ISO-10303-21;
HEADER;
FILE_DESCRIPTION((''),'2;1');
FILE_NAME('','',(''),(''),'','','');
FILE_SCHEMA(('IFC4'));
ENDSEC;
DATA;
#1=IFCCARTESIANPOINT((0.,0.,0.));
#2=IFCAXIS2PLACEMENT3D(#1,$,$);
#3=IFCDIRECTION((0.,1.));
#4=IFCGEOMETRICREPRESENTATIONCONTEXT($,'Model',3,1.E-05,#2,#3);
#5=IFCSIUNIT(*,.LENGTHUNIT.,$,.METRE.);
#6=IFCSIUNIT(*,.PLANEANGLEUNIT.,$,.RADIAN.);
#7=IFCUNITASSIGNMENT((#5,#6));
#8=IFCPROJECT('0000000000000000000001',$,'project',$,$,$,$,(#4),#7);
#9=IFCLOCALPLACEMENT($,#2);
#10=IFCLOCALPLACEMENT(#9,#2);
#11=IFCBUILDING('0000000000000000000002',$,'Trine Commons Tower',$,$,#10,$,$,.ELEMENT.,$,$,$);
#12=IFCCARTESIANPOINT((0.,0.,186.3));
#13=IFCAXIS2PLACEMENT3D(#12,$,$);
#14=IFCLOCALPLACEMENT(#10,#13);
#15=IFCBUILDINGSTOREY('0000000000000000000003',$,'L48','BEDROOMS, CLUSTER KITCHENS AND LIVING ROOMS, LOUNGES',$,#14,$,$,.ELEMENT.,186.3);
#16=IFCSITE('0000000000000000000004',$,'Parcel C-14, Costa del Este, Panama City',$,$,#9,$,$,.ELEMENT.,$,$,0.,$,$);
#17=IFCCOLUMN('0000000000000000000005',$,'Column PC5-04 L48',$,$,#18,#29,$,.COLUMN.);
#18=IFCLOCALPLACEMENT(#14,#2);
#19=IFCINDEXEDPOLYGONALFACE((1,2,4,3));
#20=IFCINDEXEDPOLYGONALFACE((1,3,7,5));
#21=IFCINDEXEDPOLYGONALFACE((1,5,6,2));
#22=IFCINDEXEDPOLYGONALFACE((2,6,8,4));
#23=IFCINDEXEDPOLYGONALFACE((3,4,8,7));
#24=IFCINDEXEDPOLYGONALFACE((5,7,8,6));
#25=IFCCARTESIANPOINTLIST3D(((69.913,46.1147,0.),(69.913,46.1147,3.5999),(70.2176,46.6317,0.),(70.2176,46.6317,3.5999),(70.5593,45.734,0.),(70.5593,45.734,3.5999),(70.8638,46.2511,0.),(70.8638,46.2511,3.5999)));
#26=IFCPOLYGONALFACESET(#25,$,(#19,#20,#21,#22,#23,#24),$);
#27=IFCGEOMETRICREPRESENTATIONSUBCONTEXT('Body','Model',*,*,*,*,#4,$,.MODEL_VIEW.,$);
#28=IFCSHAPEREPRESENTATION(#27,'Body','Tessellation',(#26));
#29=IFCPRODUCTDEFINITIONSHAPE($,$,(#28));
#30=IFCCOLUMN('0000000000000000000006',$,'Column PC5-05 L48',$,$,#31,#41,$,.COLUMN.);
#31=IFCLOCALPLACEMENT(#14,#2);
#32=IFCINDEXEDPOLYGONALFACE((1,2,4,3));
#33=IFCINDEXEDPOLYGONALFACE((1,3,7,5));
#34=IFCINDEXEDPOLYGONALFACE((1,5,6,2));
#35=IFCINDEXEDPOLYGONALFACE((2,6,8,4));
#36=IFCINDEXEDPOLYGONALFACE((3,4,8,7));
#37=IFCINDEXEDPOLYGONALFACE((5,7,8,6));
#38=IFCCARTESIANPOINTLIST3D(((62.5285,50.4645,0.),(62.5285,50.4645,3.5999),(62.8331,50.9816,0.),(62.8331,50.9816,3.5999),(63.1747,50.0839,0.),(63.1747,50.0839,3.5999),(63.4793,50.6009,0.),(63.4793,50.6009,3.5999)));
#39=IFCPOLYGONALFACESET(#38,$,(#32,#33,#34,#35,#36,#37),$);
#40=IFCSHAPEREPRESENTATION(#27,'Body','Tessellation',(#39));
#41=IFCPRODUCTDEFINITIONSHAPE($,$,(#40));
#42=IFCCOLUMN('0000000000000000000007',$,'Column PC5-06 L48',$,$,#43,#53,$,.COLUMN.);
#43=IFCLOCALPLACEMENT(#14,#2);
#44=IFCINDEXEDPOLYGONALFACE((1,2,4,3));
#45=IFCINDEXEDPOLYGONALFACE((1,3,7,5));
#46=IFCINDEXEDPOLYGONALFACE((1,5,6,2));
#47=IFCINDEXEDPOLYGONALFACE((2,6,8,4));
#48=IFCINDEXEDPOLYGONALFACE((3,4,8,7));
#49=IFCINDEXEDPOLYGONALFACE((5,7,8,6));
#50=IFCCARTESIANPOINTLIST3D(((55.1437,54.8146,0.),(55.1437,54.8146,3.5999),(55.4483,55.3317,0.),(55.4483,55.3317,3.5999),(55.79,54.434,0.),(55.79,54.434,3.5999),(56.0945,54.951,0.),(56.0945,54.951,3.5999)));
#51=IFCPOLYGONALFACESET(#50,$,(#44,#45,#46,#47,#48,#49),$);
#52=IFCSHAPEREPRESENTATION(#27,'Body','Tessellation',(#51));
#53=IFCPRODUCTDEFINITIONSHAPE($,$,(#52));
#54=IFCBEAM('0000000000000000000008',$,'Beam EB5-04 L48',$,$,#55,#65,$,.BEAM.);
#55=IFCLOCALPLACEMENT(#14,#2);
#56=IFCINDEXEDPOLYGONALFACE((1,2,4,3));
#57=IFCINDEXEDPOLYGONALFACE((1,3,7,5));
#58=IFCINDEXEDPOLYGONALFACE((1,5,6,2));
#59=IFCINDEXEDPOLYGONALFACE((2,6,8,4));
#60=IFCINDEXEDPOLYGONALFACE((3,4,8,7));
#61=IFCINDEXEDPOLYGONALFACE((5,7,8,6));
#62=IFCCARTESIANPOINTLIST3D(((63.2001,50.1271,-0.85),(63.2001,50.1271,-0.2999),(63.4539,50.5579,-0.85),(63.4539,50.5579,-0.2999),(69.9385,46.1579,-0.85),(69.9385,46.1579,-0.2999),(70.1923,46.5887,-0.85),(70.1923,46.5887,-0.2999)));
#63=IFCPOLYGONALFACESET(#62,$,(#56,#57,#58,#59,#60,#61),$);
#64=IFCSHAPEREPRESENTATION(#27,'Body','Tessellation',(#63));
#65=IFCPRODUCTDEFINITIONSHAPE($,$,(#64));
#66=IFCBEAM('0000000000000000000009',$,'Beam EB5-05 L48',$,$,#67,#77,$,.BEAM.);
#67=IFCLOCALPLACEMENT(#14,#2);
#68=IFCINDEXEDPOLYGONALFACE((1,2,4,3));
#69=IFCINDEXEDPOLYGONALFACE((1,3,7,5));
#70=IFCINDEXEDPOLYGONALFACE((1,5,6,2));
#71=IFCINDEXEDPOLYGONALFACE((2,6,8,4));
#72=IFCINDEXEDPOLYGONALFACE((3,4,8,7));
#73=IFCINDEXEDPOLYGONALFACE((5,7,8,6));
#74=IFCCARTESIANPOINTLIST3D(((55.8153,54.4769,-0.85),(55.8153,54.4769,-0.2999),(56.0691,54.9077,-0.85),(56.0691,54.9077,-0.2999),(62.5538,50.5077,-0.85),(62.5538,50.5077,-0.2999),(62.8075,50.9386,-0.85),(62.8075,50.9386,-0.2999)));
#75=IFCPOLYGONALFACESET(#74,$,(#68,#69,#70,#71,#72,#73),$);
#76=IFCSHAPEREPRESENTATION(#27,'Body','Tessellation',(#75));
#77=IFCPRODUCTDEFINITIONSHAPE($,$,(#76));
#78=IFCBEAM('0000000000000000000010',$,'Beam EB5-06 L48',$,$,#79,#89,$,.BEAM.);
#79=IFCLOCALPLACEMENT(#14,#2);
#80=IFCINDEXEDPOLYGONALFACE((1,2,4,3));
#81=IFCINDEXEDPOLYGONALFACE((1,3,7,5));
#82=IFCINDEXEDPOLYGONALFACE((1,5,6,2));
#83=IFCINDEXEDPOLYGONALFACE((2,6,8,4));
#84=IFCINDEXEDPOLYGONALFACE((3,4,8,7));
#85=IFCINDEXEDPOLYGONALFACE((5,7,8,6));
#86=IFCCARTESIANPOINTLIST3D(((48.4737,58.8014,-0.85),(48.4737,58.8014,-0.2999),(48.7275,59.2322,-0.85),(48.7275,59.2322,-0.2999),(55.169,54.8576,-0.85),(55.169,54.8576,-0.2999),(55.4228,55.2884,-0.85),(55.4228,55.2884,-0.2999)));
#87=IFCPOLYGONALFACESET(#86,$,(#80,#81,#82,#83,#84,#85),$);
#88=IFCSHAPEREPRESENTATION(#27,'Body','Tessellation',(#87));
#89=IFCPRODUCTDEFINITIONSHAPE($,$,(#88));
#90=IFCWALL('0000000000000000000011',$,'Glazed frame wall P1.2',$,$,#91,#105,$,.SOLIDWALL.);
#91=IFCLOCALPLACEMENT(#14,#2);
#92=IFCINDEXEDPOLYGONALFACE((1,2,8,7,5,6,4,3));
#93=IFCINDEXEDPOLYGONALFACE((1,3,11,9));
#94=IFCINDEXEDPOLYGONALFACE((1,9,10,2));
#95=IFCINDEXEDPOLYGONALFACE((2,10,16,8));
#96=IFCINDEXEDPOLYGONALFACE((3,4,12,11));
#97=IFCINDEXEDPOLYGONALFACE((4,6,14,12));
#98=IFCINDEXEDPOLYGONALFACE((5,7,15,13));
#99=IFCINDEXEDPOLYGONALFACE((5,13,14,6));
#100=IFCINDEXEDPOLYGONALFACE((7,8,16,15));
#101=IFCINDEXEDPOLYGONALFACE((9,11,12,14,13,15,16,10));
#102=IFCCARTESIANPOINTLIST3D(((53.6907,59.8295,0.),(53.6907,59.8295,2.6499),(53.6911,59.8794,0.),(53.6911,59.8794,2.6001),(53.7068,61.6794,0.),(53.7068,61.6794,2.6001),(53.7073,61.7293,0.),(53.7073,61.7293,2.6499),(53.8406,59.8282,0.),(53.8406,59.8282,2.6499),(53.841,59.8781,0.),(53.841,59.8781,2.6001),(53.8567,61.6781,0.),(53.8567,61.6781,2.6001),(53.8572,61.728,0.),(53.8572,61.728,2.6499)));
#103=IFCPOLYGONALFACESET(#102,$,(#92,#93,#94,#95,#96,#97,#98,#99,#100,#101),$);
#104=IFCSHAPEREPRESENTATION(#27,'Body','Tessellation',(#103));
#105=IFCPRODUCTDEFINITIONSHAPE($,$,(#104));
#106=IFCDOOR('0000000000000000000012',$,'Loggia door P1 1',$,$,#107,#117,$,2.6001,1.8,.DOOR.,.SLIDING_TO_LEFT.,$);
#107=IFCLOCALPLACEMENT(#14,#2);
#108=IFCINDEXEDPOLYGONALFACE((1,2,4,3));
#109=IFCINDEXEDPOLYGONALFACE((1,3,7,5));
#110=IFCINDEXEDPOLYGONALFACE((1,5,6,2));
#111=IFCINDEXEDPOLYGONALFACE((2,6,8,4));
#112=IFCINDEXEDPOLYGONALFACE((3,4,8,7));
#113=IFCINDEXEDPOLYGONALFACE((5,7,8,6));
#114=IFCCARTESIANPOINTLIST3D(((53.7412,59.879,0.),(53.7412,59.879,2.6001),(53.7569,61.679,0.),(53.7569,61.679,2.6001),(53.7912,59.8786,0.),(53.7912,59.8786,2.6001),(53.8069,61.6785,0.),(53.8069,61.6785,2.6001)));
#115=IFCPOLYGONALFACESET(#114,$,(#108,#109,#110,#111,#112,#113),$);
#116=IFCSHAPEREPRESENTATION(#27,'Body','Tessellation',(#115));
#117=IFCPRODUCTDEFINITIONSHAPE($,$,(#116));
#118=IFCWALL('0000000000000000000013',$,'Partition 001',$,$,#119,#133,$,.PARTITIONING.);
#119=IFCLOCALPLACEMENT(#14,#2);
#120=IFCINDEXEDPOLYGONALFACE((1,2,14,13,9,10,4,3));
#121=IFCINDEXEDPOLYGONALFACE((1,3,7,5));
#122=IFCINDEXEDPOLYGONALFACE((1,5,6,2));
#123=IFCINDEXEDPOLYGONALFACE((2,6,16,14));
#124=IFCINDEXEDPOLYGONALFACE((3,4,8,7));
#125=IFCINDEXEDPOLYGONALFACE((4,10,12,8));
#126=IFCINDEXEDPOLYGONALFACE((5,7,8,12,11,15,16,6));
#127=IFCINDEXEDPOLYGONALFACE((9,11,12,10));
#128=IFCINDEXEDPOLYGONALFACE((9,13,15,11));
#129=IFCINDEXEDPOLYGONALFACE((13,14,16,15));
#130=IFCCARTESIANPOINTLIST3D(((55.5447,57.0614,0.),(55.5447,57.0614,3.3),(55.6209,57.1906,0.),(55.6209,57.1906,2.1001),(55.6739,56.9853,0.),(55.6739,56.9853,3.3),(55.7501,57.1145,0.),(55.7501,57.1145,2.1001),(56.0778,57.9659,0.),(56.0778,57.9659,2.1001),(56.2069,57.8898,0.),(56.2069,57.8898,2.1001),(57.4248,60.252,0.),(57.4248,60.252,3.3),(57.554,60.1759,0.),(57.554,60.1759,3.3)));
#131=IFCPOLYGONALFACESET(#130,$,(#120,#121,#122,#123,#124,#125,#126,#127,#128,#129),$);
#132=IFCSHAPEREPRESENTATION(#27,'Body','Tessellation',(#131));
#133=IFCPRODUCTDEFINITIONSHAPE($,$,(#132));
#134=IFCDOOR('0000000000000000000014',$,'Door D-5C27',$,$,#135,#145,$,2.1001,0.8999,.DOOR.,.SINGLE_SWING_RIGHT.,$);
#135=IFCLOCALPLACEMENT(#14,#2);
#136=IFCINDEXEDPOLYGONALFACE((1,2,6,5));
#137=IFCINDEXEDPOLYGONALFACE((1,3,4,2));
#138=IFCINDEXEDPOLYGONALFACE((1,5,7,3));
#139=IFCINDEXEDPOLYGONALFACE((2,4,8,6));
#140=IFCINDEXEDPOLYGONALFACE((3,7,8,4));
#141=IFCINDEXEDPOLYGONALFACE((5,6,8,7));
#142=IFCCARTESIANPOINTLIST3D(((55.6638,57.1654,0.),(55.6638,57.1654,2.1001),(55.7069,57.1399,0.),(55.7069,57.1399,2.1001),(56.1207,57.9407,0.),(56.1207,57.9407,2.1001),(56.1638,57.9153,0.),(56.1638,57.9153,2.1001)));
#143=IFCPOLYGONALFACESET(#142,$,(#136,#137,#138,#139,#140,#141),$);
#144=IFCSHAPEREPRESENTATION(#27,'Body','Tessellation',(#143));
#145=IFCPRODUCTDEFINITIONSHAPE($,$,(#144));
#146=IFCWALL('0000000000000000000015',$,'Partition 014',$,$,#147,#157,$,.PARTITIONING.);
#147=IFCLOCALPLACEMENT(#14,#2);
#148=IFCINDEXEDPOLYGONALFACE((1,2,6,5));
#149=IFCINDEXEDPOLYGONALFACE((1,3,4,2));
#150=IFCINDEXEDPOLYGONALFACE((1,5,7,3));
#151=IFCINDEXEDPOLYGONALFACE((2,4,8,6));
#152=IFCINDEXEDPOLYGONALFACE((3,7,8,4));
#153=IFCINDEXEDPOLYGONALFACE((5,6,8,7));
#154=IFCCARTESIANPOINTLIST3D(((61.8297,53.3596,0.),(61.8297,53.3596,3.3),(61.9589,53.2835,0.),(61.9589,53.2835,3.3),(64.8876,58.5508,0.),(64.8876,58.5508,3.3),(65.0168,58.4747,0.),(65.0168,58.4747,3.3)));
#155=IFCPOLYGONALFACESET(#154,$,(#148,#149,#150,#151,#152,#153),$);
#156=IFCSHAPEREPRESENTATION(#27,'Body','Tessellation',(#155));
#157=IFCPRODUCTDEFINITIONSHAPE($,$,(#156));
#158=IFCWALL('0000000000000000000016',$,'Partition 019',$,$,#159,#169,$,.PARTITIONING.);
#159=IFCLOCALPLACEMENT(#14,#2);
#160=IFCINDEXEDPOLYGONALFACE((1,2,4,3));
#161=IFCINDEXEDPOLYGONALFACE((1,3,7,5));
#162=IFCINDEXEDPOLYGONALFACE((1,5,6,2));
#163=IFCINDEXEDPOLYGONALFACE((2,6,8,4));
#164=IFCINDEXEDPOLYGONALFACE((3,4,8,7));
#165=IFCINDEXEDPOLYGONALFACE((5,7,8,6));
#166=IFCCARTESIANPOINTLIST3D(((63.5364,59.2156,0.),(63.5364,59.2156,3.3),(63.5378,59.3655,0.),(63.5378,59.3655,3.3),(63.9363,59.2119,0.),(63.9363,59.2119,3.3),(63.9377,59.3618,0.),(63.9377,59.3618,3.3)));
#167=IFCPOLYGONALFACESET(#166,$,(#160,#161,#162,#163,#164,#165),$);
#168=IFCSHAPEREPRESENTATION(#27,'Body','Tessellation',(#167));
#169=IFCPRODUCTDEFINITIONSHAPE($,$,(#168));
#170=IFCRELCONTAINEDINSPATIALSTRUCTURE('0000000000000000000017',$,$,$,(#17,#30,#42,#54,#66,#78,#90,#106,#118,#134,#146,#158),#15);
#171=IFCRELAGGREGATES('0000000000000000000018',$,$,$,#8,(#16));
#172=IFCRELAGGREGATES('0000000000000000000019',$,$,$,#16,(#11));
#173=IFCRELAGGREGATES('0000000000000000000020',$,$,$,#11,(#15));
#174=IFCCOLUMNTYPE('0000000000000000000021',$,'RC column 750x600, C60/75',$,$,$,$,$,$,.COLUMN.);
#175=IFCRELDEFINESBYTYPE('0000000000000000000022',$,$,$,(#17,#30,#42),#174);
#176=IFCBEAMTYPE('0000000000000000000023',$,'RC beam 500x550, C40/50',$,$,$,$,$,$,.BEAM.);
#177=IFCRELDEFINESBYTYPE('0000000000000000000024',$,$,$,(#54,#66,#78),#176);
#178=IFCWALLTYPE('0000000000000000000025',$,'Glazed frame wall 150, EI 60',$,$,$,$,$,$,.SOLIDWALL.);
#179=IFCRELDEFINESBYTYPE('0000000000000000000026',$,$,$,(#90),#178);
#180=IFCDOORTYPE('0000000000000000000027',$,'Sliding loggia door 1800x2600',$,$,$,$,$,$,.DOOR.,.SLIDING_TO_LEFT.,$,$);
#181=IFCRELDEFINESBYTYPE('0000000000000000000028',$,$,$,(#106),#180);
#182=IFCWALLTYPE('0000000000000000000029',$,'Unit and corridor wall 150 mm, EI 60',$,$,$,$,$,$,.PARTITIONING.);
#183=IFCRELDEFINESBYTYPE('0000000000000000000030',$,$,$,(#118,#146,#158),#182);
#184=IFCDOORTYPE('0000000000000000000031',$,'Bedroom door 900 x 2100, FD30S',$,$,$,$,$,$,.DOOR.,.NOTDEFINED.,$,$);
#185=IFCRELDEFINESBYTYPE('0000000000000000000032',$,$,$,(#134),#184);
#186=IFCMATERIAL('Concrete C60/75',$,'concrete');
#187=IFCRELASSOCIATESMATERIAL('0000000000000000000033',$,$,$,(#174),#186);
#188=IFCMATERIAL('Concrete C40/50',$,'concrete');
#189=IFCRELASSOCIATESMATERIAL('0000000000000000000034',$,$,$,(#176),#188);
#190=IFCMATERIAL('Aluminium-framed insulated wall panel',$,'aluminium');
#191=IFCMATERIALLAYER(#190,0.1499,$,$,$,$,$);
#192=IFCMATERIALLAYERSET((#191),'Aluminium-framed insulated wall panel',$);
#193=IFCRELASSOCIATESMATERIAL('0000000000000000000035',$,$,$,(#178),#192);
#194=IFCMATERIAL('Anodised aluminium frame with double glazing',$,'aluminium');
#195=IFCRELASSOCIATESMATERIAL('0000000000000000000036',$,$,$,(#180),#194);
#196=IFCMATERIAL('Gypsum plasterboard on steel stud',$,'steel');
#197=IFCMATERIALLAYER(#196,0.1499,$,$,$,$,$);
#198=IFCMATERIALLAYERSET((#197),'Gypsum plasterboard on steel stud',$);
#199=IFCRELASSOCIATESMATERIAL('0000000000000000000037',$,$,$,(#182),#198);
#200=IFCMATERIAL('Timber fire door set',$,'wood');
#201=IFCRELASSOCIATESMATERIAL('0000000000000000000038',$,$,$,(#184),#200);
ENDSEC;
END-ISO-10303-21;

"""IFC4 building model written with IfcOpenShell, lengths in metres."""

from ifc_helpers import new_model, si_unit, direction, frame, frame_2d, origin, origin_2d, place, context, subcontext, project, spatial, polyline, rectangle, outline, extrude, material, layer, layer_set, material_profile, profile_set, type_object, element, fill, save


model = new_model("IFC4")

# Units and contexts
model_context = context("Model", 3, precision=1e-05, world=origin(), true_north=direction((0.0, 1.0)))
body_context = subcontext(model_context, "Body", "Model", "MODEL_VIEW")
ifc_project = project(units=[si_unit("LENGTHUNIT", "METRE"), si_unit("PLANEANGLEUNIT", "RADIAN")], contexts=[model_context])

# Site, building, storey
site_placement = place(None, origin())
site = spatial("IfcSite", under=ifc_project, at=site_placement, Name="Parcel C-14, Costa del Este, Panama City", CompositionType="ELEMENT", RefElevation=0.0)
building_placement = place(site_placement, origin())
building = spatial("IfcBuilding", under=site, at=building_placement, Name="Trine Commons Tower", CompositionType="ELEMENT")
storey_placement = place(building_placement, frame((0.0, 0.0, 186.3)))
storey = spatial("IfcBuildingStorey", under=building, at=storey_placement, Name="L48", Description="BEDROOMS, CLUSTER KITCHENS AND LIVING ROOMS, LOUNGES", CompositionType="ELEMENT", Elevation=186.3)

# Columns
ifc_material_1 = material(Name="Concrete C60/75", Category="concrete")
ifc_material_profile_1 = material_profile(ifc_material_1, rectangle(XDim=0.75, YDim=0.6001, at=origin_2d()), Name="RC 750x600")
ifc_profile_set_1 = profile_set([ifc_material_profile_1], Name="Concrete C60/75")
column_type = type_object("IfcColumnType", Name="RC column 750x600, C60/75", PredefinedType="COLUMN", material=ifc_profile_set_1)
for number, where, z_axis, x_axis, name in (
    (1, (70.3884, 46.1829, 0.0), (0.0, 0.0, 1.0), (-0.861629, 0.507538, 0.0), "Column PC5-04 L48"),
    (2, (63.0039, 50.5327, 0.0), (0.0, 0.0, 1.0), (-0.861629, 0.507538, 0.0), "Column PC5-05 L48"),
    (3, (55.6191, 54.8828, 0.0), (0.0, 0.0, 1.0), (-0.861629, 0.507538, 0.0), "Column PC5-06 L48"),
):
    element("IfcColumn", number, at=place(storey_placement, frame(where, z_axis=z_axis, x_axis=x_axis)), inside=storey, type_object=column_type, Name=name, PredefinedType="COLUMN", context=body_context, shape_type="SweptSolid", body=[
        extrude(rectangle(XDim=0.75, YDim=0.6001, at=origin_2d()), origin(), (0.0, 0.0, 1.0), 3.5999),
    ])

# Beams
ifc_material_2 = material(Name="Concrete C40/50", Category="concrete")
ifc_material_profile_2 = material_profile(ifc_material_2, rectangle(XDim=0.5, YDim=0.55, at=origin_2d()), Name="RC 500x550")
ifc_profile_set_2 = profile_set([ifc_material_profile_2], Name="Concrete C40/50")
beam_type = type_object("IfcBeamType", Name="RC beam 500x550, C40/50", PredefinedType="BEAM", material=ifc_profile_set_2)
for number, where, z_axis, x_axis, name in (
    (4, (70.0654, 46.3733, -0.575), (-0.861632, 0.507533, 0.0), (-0.507533, -0.861632, 0.0), "Beam EB5-04 L48"),
    (5, (62.6807, 50.7231, -0.575), (-0.861632, 0.507533, 0.0), (-0.507533, -0.861632, 0.0), "Beam EB5-05 L48"),
):
    element("IfcBeam", number, at=place(storey_placement, frame(where, z_axis=z_axis, x_axis=x_axis)), inside=storey, type_object=beam_type, Name=name, PredefinedType="BEAM", context=body_context, shape_type="SweptSolid", body=[
        extrude(rectangle(XDim=0.5, YDim=0.55, at=origin_2d()), origin(), (0.0, 0.0, 1.0), 7.8206),
    ])
beam_placement = place(storey_placement, frame((55.2959, 55.073, -0.575), z_axis=(-0.861629, 0.507539, 0.0), x_axis=(-0.507539, -0.861629, 0.0)))
element("IfcBeam", 6, at=beam_placement, inside=storey, type_object=beam_type, Name="Beam EB5-06 L48", PredefinedType="BEAM", context=body_context, shape_type="SweptSolid", body=[
    extrude(rectangle(XDim=0.5, YDim=0.55, at=origin_2d()), origin(), (0.0, 0.0, 1.0), 7.7705),
])

# Shared definitions
ifc_material_3 = material(Name="Aluminium-framed insulated wall panel", Category="aluminium")
ifc_layer_1 = layer(ifc_material_3, 0.1499)
ifc_layer_set_1 = layer_set([ifc_layer_1], Name="Aluminium-framed insulated wall panel")
wall_type_1 = type_object("IfcWallType", Name="Glazed frame wall 150, EI 60", PredefinedType="SOLIDWALL", material=ifc_layer_set_1)

# Walls, openings, doors
wall_1_placement = place(storey_placement, frame((53.7656, 59.8289, 0.0), z_axis=(0.0, 0.0, 1.0), x_axis=(0.008738, 0.999962, 0.0)))
wall_1 = element("IfcWall", 7, at=wall_1_placement, inside=storey, type_object=wall_type_1, Name="Glazed frame wall P1.2", PredefinedType="SOLIDWALL", context=body_context, shape_type="SweptSolid", body=[
    extrude(outline(polyline([(0.0, -0.075), (1.8999, -0.075), (1.8999, 0.075), (0.0, 0.075), (0.0, -0.075)])), origin(), (0.0, 0.0, 1.0), 2.6499),
])
opening_1_placement = place(wall_1_placement, frame((0.05, 0.0, 0.0)))
opening_1 = element("IfcOpeningElement", 8, at=opening_1_placement, cuts=wall_1, PredefinedType="OPENING", context=body_context, shape_type="SweptSolid", body=[
    extrude(rectangle(XDim=1.8, YDim=2.6001, at=frame_2d((0.8999, 1.3))), frame((0.0, 0.085, 0.0), z_axis=(0.0, -1.0, 0.0), x_axis=(1.0, 0.0, 0.0)), (0.0, 0.0, 1.0), 0.1699),
])
ifc_material_4 = material(Name="Anodised aluminium frame with double glazing", Category="aluminium")
door_type_1 = type_object("IfcDoorType", Name="Sliding loggia door 1800x2600", OperationType="SLIDING_TO_LEFT", PredefinedType="DOOR", material=ifc_material_4)
door_1_placement = place(opening_1_placement, origin())
door_1 = element("IfcDoor", 9, at=door_1_placement, inside=storey, type_object=door_type_1, Name="Loggia door P1 1", OperationType="SLIDING_TO_LEFT", OverallHeight=2.6001, OverallWidth=1.8, PredefinedType="DOOR", context=body_context, shape_type="SweptSolid", body=[
    extrude(rectangle(XDim=1.8, YDim=2.6001, at=frame_2d((0.8999, 1.3))), frame((0.0, 0.0249, 0.0), z_axis=(0.0, -1.0, 0.0), x_axis=(1.0, 0.0, 0.0)), (0.0, 0.0, 1.0), 0.05),
])
fill(opening_1, door_1)
ifc_material_5 = material(Name="Gypsum plasterboard on steel stud", Category="steel")
ifc_layer_2 = layer(ifc_material_5, 0.1499)
ifc_layer_set_2 = layer_set([ifc_layer_2], Name="Gypsum plasterboard on steel stud")
wall_type_2 = type_object("IfcWallType", Name="Unit and corridor wall 150 mm, EI 60", PredefinedType="PARTITIONING", material=ifc_layer_set_2)
wall_2_placement = place(storey_placement, frame((55.6094, 57.0234, 0.0), z_axis=(0.0, 0.0, 1.0), x_axis=(0.507674, 0.861549, 0.0)))
wall_2 = element("IfcWall", 10, at=wall_2_placement, inside=storey, type_object=wall_type_2, Name="Partition 001", PredefinedType="PARTITIONING", context=body_context, shape_type="SweptSolid", body=[
    extrude(rectangle(XDim=3.7034, YDim=0.1499, at=frame_2d((1.8516, 0.0))), origin(), (0.0, 0.0, 1.0), 3.3),
])
opening_2_placement = place(wall_2_placement, frame((0.1499, 0.0, 0.0)))
opening_2 = element("IfcOpeningElement", 11, at=opening_2_placement, cuts=wall_2, PredefinedType="OPENING", context=body_context, shape_type="SweptSolid", body=[
    extrude(rectangle(XDim=0.8999, YDim=2.1001, at=frame_2d((0.45, 1.05))), frame((0.0, 0.085, 0.0), z_axis=(0.0, -1.0, 0.0), x_axis=(1.0, 0.0, 0.0)), (0.0, 0.0, 1.0), 0.1699),
])
ifc_material_6 = material(Name="Timber fire door set", Category="wood")
door_type_2 = type_object("IfcDoorType", Name="Bedroom door 900 x 2100, FD30S", OperationType="NOTDEFINED", PredefinedType="DOOR", material=ifc_material_6)
door_2_placement = place(opening_2_placement, frame((0.8999, 0.0, 0.0), z_axis=(0.0, 0.0, 1.0), x_axis=(-1.0, 0.0, 0.0)))
door_2 = element("IfcDoor", 12, at=door_2_placement, inside=storey, type_object=door_type_2, Name="Door D-5C27", OperationType="SINGLE_SWING_RIGHT", OverallHeight=2.1001, OverallWidth=0.8999, PredefinedType="DOOR", context=body_context, shape_type="SweptSolid", body=[
    extrude(rectangle(XDim=0.8999, YDim=2.1001, at=frame_2d((0.45, 1.05))), frame((0.0, 0.0249, 0.0), z_axis=(0.0, -1.0, 0.0), x_axis=(1.0, 0.0, 0.0)), (0.0, 0.0, 1.0), 0.05),
])
fill(opening_2, door_2)

# Walls
wall_3_placement = place(storey_placement, frame((61.8943, 53.3215, 0.0), z_axis=(0.0, 0.0, 1.0), x_axis=(0.507542, 0.861627, 0.0)))
element("IfcWall", 13, at=wall_3_placement, inside=storey, type_object=wall_type_2, Name="Partition 014", PredefinedType="PARTITIONING", context=body_context, shape_type="SweptSolid", body=[
    extrude(rectangle(XDim=6.0249, YDim=0.1499, at=frame_2d((3.0125, 0.0))), origin(), (0.0, 0.0, 1.0), 3.3),
])
wall_4_placement = place(storey_placement, frame((63.5371, 59.2905, 0.0), z_axis=(0.0, 0.0, 1.0), x_axis=(0.999958, -0.009157, 0.0)))
element("IfcWall", 14, at=wall_4_placement, inside=storey, type_object=wall_type_2, Name="Partition 019", PredefinedType="PARTITIONING", context=body_context, shape_type="SweptSolid", body=[
    extrude(rectangle(XDim=0.3999, YDim=0.1499, at=frame_2d((0.2, 0.0))), origin(), (0.0, 0.0, 1.0), 3.3),
])

save(model, "model.ifc")
